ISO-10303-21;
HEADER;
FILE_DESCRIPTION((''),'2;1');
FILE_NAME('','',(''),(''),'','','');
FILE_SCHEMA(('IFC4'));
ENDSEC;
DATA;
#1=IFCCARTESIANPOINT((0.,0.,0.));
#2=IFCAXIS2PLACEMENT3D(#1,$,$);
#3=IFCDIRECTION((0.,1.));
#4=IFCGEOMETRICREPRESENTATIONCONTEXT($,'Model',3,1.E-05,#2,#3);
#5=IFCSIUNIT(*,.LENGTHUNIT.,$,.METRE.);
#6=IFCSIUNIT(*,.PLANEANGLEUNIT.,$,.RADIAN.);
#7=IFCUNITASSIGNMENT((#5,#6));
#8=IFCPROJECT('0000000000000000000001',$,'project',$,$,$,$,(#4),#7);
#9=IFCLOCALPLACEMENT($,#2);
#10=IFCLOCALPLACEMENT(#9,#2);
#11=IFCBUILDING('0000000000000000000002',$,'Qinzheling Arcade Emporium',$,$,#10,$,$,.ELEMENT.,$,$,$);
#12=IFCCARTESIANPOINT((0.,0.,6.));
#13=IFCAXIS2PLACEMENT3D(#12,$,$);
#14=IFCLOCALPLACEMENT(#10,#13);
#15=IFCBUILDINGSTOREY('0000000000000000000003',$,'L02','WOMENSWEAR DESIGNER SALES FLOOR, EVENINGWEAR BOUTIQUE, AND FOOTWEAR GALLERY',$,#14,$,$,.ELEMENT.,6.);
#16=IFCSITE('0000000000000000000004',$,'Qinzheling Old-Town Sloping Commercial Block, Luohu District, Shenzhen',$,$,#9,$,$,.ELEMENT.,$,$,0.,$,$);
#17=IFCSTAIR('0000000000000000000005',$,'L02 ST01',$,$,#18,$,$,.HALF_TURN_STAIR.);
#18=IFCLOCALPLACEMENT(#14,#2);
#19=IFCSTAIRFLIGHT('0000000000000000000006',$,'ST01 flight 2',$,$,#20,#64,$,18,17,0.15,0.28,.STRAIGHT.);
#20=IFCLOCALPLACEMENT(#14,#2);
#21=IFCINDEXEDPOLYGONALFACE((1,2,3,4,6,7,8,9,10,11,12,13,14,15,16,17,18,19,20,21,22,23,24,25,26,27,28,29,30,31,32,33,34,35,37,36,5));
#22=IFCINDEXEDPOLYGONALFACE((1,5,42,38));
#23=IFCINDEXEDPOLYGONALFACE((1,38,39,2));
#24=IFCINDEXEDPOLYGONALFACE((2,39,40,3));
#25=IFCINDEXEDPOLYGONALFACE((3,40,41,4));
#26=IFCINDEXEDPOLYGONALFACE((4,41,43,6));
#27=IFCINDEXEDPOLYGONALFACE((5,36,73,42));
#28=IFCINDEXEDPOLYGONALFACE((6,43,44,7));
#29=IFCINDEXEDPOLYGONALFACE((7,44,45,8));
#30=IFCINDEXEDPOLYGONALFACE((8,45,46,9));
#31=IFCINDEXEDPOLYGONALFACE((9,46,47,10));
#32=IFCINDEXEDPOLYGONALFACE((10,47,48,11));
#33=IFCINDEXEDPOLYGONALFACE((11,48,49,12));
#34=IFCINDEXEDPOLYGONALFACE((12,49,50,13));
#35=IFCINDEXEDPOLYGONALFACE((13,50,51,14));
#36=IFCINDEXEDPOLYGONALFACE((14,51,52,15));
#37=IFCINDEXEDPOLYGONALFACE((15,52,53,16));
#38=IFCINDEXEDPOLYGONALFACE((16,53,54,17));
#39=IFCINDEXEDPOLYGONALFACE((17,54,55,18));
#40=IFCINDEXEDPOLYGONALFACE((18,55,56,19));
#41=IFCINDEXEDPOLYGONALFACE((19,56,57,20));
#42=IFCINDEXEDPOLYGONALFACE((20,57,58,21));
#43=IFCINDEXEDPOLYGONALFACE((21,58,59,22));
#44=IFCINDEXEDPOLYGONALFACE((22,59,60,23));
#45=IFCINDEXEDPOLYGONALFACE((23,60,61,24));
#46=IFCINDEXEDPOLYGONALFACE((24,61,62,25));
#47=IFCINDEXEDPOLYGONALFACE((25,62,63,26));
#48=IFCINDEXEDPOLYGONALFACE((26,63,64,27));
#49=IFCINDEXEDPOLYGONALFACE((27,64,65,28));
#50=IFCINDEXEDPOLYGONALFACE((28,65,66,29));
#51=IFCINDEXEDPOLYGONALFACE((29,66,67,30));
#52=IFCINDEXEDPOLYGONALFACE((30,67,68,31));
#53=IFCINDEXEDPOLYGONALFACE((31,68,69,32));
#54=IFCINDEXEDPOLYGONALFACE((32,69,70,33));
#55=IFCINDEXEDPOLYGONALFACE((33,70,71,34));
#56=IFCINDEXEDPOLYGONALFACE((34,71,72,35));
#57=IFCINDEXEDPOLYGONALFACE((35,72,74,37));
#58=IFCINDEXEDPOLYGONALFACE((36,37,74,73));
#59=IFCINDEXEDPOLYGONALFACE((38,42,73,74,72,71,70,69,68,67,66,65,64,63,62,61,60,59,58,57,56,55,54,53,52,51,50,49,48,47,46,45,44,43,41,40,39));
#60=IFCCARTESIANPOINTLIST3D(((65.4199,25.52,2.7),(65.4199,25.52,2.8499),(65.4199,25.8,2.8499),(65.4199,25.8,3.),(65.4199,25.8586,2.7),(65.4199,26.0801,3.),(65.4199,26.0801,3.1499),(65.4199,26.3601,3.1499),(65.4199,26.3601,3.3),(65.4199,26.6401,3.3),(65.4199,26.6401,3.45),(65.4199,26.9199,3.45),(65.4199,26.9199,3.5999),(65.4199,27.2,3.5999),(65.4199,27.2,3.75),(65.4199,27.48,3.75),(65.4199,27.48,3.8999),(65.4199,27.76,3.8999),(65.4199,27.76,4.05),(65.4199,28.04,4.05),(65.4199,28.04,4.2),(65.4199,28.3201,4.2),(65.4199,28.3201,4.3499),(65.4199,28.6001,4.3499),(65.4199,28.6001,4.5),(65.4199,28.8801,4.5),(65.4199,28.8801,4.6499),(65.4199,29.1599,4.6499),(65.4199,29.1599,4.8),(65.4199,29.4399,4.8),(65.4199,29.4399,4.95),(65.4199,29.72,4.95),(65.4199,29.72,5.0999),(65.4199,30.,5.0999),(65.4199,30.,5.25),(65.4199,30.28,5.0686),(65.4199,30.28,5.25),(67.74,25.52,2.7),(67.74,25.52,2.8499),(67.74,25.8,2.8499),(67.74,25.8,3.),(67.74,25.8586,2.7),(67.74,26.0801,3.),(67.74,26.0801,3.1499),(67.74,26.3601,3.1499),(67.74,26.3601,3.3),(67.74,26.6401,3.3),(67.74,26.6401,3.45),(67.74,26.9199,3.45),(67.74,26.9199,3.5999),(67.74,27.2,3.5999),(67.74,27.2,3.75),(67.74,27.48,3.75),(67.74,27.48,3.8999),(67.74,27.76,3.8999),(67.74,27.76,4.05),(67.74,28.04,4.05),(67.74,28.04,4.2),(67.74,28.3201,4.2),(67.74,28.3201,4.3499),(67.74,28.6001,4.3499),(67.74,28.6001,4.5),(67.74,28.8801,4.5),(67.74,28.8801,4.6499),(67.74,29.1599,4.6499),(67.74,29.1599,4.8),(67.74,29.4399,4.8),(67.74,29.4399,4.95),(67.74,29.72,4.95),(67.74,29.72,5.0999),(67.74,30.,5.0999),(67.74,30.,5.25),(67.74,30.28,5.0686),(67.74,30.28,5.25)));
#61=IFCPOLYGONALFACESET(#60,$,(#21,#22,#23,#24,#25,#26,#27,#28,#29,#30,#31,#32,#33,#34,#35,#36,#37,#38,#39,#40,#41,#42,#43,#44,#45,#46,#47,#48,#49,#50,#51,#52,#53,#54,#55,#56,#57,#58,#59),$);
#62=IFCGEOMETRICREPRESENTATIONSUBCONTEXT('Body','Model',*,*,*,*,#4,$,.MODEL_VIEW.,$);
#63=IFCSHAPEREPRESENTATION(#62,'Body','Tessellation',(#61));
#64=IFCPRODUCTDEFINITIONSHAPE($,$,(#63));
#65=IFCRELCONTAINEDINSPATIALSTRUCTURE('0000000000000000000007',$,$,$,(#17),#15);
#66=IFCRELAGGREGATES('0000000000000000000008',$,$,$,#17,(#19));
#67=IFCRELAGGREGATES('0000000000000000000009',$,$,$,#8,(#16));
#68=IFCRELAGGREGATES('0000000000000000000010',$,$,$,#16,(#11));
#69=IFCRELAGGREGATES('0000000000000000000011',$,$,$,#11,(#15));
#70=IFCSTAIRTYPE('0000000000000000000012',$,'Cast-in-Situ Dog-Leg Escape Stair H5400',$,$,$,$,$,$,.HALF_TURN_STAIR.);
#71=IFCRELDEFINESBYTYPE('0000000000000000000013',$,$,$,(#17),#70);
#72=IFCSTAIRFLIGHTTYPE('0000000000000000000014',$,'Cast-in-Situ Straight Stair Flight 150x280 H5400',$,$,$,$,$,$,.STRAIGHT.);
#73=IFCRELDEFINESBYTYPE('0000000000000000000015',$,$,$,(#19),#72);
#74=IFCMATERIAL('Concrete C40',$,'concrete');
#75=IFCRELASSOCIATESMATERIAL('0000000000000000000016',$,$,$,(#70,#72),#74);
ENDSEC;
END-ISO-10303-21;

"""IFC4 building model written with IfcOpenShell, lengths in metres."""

from ifc_helpers import new_model, si_unit, direction, frame, origin, place, context, subcontext, project, spatial, polyline, outline, extrude, material, type_object, element, aggregate, save


model = new_model("IFC4")

# Units and contexts
model_context = context("Model", 3, precision=1e-05, world=origin(), true_north=direction((0.0, 1.0)))
body_context = subcontext(model_context, "Body", "Model", "MODEL_VIEW")
ifc_project = project(units=[si_unit("LENGTHUNIT", "METRE"), si_unit("PLANEANGLEUNIT", "RADIAN")], contexts=[model_context])

# Site, building, storey
site_placement = place(None, origin())
site = spatial("IfcSite", under=ifc_project, at=site_placement, Name="Qinzheling Old-Town Sloping Commercial Block, Luohu District, Shenzhen", CompositionType="ELEMENT", RefElevation=0.0)
building_placement = place(site_placement, origin())
building = spatial("IfcBuilding", under=site, at=building_placement, Name="Qinzheling Arcade Emporium", CompositionType="ELEMENT")
storey_placement = place(building_placement, frame((0.0, 0.0, 6.0)))
storey = spatial("IfcBuildingStorey", under=building, at=storey_placement, Name="L02", Description="WOMENSWEAR DESIGNER SALES FLOOR, EVENINGWEAR BOUTIQUE, AND FOOTWEAR GALLERY", CompositionType="ELEMENT", Elevation=6.0)

# Shared definitions
ifc_material_1 = material(Name="Concrete C40", Category="concrete")

# Stair, stair flight
stair_type = type_object("IfcStairType", Name="Cast-in-Situ Dog-Leg Escape Stair H5400", PredefinedType="HALF_TURN_STAIR", material=ifc_material_1)
stair_placement = place(storey_placement, origin())
stair = element("IfcStair", 1, at=stair_placement, inside=storey, type_object=stair_type, Name="L02 ST01", PredefinedType="HALF_TURN_STAIR")
stair_flight_type = type_object("IfcStairFlightType", Name="Cast-in-Situ Straight Stair Flight 150x280 H5400", PredefinedType="STRAIGHT", material=ifc_material_1)
stair_flight_placement = place(storey_placement, frame((66.5801, 25.52, 2.7), z_axis=(0.0, 0.0, 1.0), x_axis=(0.0, 1.0, 0.0)))
stair_flight = element("IfcStairFlight", 2, at=stair_flight_placement, type_object=stair_flight_type, Name="ST01 flight 2", NumberOfRisers=18, NumberOfTreads=17, PredefinedType="STRAIGHT", RiserHeight=0.15, TreadLength=0.28, context=body_context, shape_type="SweptSolid", body=[
    extrude(outline(polyline([(0.0, 0.0), (0.0, 0.1499), (0.28, 0.1499), (0.28, 0.3), (0.5601, 0.3), (0.5601, 0.45), (0.8401, 0.45), (0.8401, 0.6001), (1.1201, 0.6001), (1.1201, 0.75), (1.3999, 0.75), (1.3999, 0.8999), (1.6799, 0.8999), (1.6799, 1.05), (1.96, 1.05), (1.96, 1.2), (2.24, 1.2), (2.24, 1.3501), (2.52, 1.3501), (2.52, 1.5), (2.8, 1.5), (2.8, 1.6499), (3.0801, 1.6499), (3.0801, 1.8), (3.3601, 1.8), (3.3601, 1.95), (3.6399, 1.95), (3.6399, 2.1001), (3.9199, 2.1001), (3.9199, 2.25), (4.2, 2.25), (4.2, 2.3999), (4.48, 2.3999), (4.48, 2.55), (4.76, 2.55), (4.76, 2.7), (4.76, 2.3687), (0.3386, 0.0), (0.0, 0.0)])), frame((0.0, 1.1602, 0.0), z_axis=(0.0, -1.0, 0.0), x_axis=(1.0, 0.0, 0.0)), (0.0, 0.0, 1.0), 2.3201),
])
aggregate(stair, [stair_flight])

save(model, "model.ifc")
